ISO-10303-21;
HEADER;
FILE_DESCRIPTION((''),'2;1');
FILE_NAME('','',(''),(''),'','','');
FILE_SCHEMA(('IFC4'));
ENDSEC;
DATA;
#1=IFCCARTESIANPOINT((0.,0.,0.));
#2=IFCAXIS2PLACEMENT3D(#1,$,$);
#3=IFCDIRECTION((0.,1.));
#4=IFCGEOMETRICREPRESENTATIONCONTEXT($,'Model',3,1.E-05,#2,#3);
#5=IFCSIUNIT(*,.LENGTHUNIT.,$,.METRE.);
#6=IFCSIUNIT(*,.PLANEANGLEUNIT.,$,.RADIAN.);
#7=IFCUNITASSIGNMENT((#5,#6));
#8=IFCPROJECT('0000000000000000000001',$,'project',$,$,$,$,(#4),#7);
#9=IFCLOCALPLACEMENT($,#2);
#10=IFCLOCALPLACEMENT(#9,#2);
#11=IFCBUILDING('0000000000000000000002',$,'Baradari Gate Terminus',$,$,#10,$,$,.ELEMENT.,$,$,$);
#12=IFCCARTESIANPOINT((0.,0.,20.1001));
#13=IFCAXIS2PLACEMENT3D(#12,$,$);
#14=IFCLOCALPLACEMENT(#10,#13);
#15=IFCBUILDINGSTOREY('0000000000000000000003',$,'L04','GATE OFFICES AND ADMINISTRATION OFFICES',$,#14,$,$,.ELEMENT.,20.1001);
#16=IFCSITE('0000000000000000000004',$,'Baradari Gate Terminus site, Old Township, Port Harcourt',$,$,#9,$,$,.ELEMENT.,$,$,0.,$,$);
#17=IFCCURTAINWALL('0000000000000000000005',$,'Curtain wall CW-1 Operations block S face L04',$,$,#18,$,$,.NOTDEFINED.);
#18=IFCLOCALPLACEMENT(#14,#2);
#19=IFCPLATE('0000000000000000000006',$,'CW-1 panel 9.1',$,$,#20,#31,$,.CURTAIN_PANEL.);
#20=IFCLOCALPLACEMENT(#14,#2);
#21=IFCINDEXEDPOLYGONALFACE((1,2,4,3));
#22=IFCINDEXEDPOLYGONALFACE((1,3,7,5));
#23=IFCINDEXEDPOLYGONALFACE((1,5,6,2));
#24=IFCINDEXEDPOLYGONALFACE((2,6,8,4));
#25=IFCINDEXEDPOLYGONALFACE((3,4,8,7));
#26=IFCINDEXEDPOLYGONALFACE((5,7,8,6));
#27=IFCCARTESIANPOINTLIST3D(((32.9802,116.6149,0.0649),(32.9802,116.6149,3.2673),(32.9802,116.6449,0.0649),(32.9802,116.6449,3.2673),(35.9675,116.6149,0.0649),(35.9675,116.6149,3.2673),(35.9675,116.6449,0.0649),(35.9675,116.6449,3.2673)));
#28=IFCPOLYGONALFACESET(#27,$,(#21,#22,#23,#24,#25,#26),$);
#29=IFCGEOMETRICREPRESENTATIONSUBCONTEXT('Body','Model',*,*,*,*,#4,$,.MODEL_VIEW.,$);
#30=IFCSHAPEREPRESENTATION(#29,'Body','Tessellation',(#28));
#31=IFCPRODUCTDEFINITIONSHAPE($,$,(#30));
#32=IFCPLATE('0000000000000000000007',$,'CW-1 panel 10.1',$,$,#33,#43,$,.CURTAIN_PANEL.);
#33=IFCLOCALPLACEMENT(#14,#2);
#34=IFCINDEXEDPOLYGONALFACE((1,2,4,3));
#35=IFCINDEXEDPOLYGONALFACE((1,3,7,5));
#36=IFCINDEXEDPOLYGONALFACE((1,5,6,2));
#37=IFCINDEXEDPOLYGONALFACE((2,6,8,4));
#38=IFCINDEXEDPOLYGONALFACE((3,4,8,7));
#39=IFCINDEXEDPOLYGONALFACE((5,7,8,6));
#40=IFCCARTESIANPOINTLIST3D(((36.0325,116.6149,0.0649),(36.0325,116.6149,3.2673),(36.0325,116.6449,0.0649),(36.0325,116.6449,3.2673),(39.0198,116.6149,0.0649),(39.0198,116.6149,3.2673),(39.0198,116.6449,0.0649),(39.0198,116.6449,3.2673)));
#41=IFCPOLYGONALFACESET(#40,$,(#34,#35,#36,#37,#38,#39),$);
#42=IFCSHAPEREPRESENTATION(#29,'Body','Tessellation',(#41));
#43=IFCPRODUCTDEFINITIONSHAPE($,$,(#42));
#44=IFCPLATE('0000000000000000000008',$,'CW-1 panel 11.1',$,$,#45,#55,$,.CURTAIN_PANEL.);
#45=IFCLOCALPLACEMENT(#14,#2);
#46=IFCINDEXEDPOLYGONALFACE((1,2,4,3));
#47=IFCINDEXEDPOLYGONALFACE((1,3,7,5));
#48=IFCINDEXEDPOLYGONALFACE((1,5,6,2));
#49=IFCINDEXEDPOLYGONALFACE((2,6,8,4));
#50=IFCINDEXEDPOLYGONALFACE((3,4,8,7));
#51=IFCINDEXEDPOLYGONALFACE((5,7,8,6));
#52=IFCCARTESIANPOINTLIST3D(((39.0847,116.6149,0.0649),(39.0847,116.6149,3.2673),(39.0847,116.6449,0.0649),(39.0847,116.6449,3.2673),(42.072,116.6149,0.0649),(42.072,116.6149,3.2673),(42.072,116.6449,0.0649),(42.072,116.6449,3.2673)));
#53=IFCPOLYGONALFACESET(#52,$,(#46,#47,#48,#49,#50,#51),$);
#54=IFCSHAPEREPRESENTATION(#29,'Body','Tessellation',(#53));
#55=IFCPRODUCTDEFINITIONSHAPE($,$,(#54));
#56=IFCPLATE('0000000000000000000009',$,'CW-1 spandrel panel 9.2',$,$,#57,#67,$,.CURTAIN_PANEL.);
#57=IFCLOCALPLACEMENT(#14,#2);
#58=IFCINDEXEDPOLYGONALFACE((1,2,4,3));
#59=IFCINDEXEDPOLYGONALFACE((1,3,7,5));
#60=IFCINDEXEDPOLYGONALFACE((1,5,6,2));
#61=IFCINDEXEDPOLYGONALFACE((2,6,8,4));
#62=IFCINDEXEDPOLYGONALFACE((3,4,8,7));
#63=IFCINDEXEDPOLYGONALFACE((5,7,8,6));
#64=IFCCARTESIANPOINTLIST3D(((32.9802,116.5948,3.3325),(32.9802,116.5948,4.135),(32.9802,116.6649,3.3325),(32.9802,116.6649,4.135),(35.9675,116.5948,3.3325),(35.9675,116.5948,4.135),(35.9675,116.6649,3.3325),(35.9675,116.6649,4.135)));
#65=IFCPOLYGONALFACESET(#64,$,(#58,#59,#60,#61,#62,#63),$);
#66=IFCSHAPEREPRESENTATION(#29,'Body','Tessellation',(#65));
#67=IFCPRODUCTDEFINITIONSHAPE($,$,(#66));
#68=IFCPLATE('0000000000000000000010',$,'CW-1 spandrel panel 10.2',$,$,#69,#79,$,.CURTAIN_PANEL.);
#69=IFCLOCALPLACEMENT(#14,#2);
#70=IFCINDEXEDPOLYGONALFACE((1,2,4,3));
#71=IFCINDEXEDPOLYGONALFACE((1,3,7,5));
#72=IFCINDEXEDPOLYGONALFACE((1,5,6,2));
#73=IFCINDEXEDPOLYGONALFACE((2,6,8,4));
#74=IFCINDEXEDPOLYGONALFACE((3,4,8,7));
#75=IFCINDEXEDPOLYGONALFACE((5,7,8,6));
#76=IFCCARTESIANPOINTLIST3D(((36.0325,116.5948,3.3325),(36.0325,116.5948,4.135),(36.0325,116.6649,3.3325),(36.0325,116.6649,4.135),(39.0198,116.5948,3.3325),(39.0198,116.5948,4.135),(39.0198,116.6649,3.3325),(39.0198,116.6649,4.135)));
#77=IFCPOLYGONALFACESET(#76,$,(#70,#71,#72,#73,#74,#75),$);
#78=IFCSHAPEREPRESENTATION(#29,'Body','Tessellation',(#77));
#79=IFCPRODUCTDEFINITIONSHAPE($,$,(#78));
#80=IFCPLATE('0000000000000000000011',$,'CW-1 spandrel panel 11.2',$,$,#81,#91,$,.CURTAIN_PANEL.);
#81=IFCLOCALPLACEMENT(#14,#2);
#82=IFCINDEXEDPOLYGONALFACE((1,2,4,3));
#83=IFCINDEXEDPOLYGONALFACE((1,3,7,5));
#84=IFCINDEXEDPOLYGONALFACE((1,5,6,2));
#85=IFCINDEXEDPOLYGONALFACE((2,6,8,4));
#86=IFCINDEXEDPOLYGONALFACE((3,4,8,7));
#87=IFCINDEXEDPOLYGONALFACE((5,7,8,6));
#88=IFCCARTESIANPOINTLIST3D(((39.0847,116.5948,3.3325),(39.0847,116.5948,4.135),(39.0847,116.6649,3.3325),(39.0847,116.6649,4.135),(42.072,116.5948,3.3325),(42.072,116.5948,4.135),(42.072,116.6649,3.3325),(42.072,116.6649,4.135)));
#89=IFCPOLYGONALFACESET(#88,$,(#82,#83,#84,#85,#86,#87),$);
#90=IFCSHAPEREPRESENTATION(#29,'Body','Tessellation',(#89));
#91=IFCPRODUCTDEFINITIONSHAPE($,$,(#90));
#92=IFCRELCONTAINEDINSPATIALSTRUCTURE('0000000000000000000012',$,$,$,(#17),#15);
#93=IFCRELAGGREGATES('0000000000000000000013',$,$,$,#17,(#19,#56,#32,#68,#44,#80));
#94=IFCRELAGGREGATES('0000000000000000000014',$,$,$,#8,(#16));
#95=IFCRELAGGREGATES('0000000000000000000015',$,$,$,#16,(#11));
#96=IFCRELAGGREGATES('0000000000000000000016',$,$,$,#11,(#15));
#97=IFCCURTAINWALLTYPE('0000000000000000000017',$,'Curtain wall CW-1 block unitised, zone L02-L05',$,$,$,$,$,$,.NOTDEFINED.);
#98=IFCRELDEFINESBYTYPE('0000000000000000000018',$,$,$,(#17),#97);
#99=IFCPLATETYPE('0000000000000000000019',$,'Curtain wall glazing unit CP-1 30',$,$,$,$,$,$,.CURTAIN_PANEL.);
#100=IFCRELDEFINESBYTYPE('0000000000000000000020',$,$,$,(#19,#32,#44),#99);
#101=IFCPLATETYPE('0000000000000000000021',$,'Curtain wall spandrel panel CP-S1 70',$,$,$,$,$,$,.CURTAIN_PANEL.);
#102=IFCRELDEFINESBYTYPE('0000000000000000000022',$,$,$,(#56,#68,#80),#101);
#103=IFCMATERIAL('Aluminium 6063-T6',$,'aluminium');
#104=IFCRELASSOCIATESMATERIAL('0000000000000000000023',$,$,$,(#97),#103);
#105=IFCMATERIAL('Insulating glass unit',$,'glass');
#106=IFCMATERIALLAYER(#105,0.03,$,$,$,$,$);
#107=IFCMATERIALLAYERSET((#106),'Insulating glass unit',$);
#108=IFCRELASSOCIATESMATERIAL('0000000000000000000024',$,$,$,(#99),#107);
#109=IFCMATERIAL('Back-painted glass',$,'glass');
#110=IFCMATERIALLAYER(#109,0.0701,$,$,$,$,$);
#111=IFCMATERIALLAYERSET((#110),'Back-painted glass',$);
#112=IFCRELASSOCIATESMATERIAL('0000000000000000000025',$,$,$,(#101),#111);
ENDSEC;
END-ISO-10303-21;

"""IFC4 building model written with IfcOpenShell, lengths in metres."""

from ifc_helpers import new_model, si_unit, direction, frame, origin, origin_2d, place, context, subcontext, project, spatial, rectangle, extrude, material, layer, layer_set, type_object, element, aggregate, save


model = new_model("IFC4")

# Units and contexts
model_context = context("Model", 3, precision=1e-05, world=origin(), true_north=direction((0.0, 1.0)))
body_context = subcontext(model_context, "Body", "Model", "MODEL_VIEW")
ifc_project = project(units=[si_unit("LENGTHUNIT", "METRE"), si_unit("PLANEANGLEUNIT", "RADIAN")], contexts=[model_context])

# Site, building, storey
site_placement = place(None, origin())
site = spatial("IfcSite", under=ifc_project, at=site_placement, Name="Baradari Gate Terminus site, Old Township, Port Harcourt", CompositionType="ELEMENT", RefElevation=0.0)
building_placement = place(site_placement, origin())
building = spatial("IfcBuilding", under=site, at=building_placement, Name="Baradari Gate Terminus", CompositionType="ELEMENT")
storey_placement = place(building_placement, frame((0.0, 0.0, 20.1001)))
storey = spatial("IfcBuildingStorey", under=building, at=storey_placement, Name="L04", Description="GATE OFFICES AND ADMINISTRATION OFFICES", CompositionType="ELEMENT", Elevation=20.1001)

# Curtain wall, plates
ifc_material_1 = material(Name="Aluminium 6063-T6", Category="aluminium")
curtain_wall_type = type_object("IfcCurtainWallType", Name="Curtain wall CW-1 block unitised, zone L02-L05", PredefinedType="NOTDEFINED", material=ifc_material_1)
curtain_wall_placement = place(storey_placement, origin())
curtain_wall = element("IfcCurtainWall", 1, at=curtain_wall_placement, inside=storey, type_object=curtain_wall_type, Name="Curtain wall CW-1 Operations block S face L04", PredefinedType="NOTDEFINED")
ifc_material_2 = material(Name="Insulating glass unit", Category="glass")
ifc_layer_1 = layer(ifc_material_2, 0.03)
ifc_layer_set_1 = layer_set([ifc_layer_1], Name="Insulating glass unit")
plate_type_1 = type_object("IfcPlateType", Name="Curtain wall glazing unit CP-1 30", PredefinedType="CURTAIN_PANEL", material=ifc_layer_set_1)
plate_1_placement = place(storey_placement, frame((34.4739, 116.6299, 0.0649), z_axis=(0.0, 0.0, 1.0), x_axis=(1.0, 0.0, 0.0)))
plate_1 = element("IfcPlate", 2, at=plate_1_placement, type_object=plate_type_1, Name="CW-1 panel 9.1", PredefinedType="CURTAIN_PANEL", context=body_context, shape_type="SweptSolid", body=[
    extrude(rectangle(XDim=2.9873, YDim=0.03, at=origin_2d()), origin(), (0.0, 0.0, 1.0), 3.2024),
])
plate_2_placement = place(storey_placement, frame((37.5261, 116.6299, 0.0649), z_axis=(0.0, 0.0, 1.0), x_axis=(1.0, 0.0, 0.0)))
plate_2 = element("IfcPlate", 3, at=plate_2_placement, type_object=plate_type_1, Name="CW-1 panel 10.1", PredefinedType="CURTAIN_PANEL", context=body_context, shape_type="SweptSolid", body=[
    extrude(rectangle(XDim=2.9873, YDim=0.03, at=origin_2d()), origin(), (0.0, 0.0, 1.0), 3.2024),
])
plate_3_placement = place(storey_placement, frame((40.5784, 116.6299, 0.0649), z_axis=(0.0, 0.0, 1.0), x_axis=(1.0, 0.0, 0.0)))
plate_3 = element("IfcPlate", 4, at=plate_3_placement, type_object=plate_type_1, Name="CW-1 panel 11.1", PredefinedType="CURTAIN_PANEL", context=body_context, shape_type="SweptSolid", body=[
    extrude(rectangle(XDim=2.9873, YDim=0.03, at=origin_2d()), origin(), (0.0, 0.0, 1.0), 3.2024),
])
ifc_material_3 = material(Name="Back-painted glass", Category="glass")
ifc_layer_2 = layer(ifc_material_3, 0.0701)
ifc_layer_set_2 = layer_set([ifc_layer_2], Name="Back-painted glass")
plate_type_2 = type_object("IfcPlateType", Name="Curtain wall spandrel panel CP-S1 70", PredefinedType="CURTAIN_PANEL", material=ifc_layer_set_2)
plate_4_placement = place(storey_placement, frame((34.4739, 116.6299, 3.3325), z_axis=(0.0, 0.0, 1.0), x_axis=(1.0, 0.0, 0.0)))
plate_4 = element("IfcPlate", 5, at=plate_4_placement, type_object=plate_type_2, Name="CW-1 spandrel panel 9.2", PredefinedType="CURTAIN_PANEL", context=body_context, shape_type="SweptSolid", body=[
    extrude(rectangle(XDim=2.9873, YDim=0.0701, at=origin_2d()), origin(), (0.0, 0.0, 1.0), 0.8025),
])
plate_5_placement = place(storey_placement, frame((37.5261, 116.6299, 3.3325), z_axis=(0.0, 0.0, 1.0), x_axis=(1.0, 0.0, 0.0)))
plate_5 = element("IfcPlate", 6, at=plate_5_placement, type_object=plate_type_2, Name="CW-1 spandrel panel 10.2", PredefinedType="CURTAIN_PANEL", context=body_context, shape_type="SweptSolid", body=[
    extrude(rectangle(XDim=2.9873, YDim=0.0701, at=origin_2d()), origin(), (0.0, 0.0, 1.0), 0.8025),
])
plate_6_placement = place(storey_placement, frame((40.5784, 116.6299, 3.3325), z_axis=(0.0, 0.0, 1.0), x_axis=(1.0, 0.0, 0.0)))
plate_6 = element("IfcPlate", 7, at=plate_6_placement, type_object=plate_type_2, Name="CW-1 spandrel panel 11.2", PredefinedType="CURTAIN_PANEL", context=body_context, shape_type="SweptSolid", body=[
    extrude(rectangle(XDim=2.9873, YDim=0.0701, at=origin_2d()), origin(), (0.0, 0.0, 1.0), 0.8025),
])
aggregate(curtain_wall, [plate_1, plate_4, plate_2, plate_5, plate_3, plate_6])

save(model, "model.ifc")
